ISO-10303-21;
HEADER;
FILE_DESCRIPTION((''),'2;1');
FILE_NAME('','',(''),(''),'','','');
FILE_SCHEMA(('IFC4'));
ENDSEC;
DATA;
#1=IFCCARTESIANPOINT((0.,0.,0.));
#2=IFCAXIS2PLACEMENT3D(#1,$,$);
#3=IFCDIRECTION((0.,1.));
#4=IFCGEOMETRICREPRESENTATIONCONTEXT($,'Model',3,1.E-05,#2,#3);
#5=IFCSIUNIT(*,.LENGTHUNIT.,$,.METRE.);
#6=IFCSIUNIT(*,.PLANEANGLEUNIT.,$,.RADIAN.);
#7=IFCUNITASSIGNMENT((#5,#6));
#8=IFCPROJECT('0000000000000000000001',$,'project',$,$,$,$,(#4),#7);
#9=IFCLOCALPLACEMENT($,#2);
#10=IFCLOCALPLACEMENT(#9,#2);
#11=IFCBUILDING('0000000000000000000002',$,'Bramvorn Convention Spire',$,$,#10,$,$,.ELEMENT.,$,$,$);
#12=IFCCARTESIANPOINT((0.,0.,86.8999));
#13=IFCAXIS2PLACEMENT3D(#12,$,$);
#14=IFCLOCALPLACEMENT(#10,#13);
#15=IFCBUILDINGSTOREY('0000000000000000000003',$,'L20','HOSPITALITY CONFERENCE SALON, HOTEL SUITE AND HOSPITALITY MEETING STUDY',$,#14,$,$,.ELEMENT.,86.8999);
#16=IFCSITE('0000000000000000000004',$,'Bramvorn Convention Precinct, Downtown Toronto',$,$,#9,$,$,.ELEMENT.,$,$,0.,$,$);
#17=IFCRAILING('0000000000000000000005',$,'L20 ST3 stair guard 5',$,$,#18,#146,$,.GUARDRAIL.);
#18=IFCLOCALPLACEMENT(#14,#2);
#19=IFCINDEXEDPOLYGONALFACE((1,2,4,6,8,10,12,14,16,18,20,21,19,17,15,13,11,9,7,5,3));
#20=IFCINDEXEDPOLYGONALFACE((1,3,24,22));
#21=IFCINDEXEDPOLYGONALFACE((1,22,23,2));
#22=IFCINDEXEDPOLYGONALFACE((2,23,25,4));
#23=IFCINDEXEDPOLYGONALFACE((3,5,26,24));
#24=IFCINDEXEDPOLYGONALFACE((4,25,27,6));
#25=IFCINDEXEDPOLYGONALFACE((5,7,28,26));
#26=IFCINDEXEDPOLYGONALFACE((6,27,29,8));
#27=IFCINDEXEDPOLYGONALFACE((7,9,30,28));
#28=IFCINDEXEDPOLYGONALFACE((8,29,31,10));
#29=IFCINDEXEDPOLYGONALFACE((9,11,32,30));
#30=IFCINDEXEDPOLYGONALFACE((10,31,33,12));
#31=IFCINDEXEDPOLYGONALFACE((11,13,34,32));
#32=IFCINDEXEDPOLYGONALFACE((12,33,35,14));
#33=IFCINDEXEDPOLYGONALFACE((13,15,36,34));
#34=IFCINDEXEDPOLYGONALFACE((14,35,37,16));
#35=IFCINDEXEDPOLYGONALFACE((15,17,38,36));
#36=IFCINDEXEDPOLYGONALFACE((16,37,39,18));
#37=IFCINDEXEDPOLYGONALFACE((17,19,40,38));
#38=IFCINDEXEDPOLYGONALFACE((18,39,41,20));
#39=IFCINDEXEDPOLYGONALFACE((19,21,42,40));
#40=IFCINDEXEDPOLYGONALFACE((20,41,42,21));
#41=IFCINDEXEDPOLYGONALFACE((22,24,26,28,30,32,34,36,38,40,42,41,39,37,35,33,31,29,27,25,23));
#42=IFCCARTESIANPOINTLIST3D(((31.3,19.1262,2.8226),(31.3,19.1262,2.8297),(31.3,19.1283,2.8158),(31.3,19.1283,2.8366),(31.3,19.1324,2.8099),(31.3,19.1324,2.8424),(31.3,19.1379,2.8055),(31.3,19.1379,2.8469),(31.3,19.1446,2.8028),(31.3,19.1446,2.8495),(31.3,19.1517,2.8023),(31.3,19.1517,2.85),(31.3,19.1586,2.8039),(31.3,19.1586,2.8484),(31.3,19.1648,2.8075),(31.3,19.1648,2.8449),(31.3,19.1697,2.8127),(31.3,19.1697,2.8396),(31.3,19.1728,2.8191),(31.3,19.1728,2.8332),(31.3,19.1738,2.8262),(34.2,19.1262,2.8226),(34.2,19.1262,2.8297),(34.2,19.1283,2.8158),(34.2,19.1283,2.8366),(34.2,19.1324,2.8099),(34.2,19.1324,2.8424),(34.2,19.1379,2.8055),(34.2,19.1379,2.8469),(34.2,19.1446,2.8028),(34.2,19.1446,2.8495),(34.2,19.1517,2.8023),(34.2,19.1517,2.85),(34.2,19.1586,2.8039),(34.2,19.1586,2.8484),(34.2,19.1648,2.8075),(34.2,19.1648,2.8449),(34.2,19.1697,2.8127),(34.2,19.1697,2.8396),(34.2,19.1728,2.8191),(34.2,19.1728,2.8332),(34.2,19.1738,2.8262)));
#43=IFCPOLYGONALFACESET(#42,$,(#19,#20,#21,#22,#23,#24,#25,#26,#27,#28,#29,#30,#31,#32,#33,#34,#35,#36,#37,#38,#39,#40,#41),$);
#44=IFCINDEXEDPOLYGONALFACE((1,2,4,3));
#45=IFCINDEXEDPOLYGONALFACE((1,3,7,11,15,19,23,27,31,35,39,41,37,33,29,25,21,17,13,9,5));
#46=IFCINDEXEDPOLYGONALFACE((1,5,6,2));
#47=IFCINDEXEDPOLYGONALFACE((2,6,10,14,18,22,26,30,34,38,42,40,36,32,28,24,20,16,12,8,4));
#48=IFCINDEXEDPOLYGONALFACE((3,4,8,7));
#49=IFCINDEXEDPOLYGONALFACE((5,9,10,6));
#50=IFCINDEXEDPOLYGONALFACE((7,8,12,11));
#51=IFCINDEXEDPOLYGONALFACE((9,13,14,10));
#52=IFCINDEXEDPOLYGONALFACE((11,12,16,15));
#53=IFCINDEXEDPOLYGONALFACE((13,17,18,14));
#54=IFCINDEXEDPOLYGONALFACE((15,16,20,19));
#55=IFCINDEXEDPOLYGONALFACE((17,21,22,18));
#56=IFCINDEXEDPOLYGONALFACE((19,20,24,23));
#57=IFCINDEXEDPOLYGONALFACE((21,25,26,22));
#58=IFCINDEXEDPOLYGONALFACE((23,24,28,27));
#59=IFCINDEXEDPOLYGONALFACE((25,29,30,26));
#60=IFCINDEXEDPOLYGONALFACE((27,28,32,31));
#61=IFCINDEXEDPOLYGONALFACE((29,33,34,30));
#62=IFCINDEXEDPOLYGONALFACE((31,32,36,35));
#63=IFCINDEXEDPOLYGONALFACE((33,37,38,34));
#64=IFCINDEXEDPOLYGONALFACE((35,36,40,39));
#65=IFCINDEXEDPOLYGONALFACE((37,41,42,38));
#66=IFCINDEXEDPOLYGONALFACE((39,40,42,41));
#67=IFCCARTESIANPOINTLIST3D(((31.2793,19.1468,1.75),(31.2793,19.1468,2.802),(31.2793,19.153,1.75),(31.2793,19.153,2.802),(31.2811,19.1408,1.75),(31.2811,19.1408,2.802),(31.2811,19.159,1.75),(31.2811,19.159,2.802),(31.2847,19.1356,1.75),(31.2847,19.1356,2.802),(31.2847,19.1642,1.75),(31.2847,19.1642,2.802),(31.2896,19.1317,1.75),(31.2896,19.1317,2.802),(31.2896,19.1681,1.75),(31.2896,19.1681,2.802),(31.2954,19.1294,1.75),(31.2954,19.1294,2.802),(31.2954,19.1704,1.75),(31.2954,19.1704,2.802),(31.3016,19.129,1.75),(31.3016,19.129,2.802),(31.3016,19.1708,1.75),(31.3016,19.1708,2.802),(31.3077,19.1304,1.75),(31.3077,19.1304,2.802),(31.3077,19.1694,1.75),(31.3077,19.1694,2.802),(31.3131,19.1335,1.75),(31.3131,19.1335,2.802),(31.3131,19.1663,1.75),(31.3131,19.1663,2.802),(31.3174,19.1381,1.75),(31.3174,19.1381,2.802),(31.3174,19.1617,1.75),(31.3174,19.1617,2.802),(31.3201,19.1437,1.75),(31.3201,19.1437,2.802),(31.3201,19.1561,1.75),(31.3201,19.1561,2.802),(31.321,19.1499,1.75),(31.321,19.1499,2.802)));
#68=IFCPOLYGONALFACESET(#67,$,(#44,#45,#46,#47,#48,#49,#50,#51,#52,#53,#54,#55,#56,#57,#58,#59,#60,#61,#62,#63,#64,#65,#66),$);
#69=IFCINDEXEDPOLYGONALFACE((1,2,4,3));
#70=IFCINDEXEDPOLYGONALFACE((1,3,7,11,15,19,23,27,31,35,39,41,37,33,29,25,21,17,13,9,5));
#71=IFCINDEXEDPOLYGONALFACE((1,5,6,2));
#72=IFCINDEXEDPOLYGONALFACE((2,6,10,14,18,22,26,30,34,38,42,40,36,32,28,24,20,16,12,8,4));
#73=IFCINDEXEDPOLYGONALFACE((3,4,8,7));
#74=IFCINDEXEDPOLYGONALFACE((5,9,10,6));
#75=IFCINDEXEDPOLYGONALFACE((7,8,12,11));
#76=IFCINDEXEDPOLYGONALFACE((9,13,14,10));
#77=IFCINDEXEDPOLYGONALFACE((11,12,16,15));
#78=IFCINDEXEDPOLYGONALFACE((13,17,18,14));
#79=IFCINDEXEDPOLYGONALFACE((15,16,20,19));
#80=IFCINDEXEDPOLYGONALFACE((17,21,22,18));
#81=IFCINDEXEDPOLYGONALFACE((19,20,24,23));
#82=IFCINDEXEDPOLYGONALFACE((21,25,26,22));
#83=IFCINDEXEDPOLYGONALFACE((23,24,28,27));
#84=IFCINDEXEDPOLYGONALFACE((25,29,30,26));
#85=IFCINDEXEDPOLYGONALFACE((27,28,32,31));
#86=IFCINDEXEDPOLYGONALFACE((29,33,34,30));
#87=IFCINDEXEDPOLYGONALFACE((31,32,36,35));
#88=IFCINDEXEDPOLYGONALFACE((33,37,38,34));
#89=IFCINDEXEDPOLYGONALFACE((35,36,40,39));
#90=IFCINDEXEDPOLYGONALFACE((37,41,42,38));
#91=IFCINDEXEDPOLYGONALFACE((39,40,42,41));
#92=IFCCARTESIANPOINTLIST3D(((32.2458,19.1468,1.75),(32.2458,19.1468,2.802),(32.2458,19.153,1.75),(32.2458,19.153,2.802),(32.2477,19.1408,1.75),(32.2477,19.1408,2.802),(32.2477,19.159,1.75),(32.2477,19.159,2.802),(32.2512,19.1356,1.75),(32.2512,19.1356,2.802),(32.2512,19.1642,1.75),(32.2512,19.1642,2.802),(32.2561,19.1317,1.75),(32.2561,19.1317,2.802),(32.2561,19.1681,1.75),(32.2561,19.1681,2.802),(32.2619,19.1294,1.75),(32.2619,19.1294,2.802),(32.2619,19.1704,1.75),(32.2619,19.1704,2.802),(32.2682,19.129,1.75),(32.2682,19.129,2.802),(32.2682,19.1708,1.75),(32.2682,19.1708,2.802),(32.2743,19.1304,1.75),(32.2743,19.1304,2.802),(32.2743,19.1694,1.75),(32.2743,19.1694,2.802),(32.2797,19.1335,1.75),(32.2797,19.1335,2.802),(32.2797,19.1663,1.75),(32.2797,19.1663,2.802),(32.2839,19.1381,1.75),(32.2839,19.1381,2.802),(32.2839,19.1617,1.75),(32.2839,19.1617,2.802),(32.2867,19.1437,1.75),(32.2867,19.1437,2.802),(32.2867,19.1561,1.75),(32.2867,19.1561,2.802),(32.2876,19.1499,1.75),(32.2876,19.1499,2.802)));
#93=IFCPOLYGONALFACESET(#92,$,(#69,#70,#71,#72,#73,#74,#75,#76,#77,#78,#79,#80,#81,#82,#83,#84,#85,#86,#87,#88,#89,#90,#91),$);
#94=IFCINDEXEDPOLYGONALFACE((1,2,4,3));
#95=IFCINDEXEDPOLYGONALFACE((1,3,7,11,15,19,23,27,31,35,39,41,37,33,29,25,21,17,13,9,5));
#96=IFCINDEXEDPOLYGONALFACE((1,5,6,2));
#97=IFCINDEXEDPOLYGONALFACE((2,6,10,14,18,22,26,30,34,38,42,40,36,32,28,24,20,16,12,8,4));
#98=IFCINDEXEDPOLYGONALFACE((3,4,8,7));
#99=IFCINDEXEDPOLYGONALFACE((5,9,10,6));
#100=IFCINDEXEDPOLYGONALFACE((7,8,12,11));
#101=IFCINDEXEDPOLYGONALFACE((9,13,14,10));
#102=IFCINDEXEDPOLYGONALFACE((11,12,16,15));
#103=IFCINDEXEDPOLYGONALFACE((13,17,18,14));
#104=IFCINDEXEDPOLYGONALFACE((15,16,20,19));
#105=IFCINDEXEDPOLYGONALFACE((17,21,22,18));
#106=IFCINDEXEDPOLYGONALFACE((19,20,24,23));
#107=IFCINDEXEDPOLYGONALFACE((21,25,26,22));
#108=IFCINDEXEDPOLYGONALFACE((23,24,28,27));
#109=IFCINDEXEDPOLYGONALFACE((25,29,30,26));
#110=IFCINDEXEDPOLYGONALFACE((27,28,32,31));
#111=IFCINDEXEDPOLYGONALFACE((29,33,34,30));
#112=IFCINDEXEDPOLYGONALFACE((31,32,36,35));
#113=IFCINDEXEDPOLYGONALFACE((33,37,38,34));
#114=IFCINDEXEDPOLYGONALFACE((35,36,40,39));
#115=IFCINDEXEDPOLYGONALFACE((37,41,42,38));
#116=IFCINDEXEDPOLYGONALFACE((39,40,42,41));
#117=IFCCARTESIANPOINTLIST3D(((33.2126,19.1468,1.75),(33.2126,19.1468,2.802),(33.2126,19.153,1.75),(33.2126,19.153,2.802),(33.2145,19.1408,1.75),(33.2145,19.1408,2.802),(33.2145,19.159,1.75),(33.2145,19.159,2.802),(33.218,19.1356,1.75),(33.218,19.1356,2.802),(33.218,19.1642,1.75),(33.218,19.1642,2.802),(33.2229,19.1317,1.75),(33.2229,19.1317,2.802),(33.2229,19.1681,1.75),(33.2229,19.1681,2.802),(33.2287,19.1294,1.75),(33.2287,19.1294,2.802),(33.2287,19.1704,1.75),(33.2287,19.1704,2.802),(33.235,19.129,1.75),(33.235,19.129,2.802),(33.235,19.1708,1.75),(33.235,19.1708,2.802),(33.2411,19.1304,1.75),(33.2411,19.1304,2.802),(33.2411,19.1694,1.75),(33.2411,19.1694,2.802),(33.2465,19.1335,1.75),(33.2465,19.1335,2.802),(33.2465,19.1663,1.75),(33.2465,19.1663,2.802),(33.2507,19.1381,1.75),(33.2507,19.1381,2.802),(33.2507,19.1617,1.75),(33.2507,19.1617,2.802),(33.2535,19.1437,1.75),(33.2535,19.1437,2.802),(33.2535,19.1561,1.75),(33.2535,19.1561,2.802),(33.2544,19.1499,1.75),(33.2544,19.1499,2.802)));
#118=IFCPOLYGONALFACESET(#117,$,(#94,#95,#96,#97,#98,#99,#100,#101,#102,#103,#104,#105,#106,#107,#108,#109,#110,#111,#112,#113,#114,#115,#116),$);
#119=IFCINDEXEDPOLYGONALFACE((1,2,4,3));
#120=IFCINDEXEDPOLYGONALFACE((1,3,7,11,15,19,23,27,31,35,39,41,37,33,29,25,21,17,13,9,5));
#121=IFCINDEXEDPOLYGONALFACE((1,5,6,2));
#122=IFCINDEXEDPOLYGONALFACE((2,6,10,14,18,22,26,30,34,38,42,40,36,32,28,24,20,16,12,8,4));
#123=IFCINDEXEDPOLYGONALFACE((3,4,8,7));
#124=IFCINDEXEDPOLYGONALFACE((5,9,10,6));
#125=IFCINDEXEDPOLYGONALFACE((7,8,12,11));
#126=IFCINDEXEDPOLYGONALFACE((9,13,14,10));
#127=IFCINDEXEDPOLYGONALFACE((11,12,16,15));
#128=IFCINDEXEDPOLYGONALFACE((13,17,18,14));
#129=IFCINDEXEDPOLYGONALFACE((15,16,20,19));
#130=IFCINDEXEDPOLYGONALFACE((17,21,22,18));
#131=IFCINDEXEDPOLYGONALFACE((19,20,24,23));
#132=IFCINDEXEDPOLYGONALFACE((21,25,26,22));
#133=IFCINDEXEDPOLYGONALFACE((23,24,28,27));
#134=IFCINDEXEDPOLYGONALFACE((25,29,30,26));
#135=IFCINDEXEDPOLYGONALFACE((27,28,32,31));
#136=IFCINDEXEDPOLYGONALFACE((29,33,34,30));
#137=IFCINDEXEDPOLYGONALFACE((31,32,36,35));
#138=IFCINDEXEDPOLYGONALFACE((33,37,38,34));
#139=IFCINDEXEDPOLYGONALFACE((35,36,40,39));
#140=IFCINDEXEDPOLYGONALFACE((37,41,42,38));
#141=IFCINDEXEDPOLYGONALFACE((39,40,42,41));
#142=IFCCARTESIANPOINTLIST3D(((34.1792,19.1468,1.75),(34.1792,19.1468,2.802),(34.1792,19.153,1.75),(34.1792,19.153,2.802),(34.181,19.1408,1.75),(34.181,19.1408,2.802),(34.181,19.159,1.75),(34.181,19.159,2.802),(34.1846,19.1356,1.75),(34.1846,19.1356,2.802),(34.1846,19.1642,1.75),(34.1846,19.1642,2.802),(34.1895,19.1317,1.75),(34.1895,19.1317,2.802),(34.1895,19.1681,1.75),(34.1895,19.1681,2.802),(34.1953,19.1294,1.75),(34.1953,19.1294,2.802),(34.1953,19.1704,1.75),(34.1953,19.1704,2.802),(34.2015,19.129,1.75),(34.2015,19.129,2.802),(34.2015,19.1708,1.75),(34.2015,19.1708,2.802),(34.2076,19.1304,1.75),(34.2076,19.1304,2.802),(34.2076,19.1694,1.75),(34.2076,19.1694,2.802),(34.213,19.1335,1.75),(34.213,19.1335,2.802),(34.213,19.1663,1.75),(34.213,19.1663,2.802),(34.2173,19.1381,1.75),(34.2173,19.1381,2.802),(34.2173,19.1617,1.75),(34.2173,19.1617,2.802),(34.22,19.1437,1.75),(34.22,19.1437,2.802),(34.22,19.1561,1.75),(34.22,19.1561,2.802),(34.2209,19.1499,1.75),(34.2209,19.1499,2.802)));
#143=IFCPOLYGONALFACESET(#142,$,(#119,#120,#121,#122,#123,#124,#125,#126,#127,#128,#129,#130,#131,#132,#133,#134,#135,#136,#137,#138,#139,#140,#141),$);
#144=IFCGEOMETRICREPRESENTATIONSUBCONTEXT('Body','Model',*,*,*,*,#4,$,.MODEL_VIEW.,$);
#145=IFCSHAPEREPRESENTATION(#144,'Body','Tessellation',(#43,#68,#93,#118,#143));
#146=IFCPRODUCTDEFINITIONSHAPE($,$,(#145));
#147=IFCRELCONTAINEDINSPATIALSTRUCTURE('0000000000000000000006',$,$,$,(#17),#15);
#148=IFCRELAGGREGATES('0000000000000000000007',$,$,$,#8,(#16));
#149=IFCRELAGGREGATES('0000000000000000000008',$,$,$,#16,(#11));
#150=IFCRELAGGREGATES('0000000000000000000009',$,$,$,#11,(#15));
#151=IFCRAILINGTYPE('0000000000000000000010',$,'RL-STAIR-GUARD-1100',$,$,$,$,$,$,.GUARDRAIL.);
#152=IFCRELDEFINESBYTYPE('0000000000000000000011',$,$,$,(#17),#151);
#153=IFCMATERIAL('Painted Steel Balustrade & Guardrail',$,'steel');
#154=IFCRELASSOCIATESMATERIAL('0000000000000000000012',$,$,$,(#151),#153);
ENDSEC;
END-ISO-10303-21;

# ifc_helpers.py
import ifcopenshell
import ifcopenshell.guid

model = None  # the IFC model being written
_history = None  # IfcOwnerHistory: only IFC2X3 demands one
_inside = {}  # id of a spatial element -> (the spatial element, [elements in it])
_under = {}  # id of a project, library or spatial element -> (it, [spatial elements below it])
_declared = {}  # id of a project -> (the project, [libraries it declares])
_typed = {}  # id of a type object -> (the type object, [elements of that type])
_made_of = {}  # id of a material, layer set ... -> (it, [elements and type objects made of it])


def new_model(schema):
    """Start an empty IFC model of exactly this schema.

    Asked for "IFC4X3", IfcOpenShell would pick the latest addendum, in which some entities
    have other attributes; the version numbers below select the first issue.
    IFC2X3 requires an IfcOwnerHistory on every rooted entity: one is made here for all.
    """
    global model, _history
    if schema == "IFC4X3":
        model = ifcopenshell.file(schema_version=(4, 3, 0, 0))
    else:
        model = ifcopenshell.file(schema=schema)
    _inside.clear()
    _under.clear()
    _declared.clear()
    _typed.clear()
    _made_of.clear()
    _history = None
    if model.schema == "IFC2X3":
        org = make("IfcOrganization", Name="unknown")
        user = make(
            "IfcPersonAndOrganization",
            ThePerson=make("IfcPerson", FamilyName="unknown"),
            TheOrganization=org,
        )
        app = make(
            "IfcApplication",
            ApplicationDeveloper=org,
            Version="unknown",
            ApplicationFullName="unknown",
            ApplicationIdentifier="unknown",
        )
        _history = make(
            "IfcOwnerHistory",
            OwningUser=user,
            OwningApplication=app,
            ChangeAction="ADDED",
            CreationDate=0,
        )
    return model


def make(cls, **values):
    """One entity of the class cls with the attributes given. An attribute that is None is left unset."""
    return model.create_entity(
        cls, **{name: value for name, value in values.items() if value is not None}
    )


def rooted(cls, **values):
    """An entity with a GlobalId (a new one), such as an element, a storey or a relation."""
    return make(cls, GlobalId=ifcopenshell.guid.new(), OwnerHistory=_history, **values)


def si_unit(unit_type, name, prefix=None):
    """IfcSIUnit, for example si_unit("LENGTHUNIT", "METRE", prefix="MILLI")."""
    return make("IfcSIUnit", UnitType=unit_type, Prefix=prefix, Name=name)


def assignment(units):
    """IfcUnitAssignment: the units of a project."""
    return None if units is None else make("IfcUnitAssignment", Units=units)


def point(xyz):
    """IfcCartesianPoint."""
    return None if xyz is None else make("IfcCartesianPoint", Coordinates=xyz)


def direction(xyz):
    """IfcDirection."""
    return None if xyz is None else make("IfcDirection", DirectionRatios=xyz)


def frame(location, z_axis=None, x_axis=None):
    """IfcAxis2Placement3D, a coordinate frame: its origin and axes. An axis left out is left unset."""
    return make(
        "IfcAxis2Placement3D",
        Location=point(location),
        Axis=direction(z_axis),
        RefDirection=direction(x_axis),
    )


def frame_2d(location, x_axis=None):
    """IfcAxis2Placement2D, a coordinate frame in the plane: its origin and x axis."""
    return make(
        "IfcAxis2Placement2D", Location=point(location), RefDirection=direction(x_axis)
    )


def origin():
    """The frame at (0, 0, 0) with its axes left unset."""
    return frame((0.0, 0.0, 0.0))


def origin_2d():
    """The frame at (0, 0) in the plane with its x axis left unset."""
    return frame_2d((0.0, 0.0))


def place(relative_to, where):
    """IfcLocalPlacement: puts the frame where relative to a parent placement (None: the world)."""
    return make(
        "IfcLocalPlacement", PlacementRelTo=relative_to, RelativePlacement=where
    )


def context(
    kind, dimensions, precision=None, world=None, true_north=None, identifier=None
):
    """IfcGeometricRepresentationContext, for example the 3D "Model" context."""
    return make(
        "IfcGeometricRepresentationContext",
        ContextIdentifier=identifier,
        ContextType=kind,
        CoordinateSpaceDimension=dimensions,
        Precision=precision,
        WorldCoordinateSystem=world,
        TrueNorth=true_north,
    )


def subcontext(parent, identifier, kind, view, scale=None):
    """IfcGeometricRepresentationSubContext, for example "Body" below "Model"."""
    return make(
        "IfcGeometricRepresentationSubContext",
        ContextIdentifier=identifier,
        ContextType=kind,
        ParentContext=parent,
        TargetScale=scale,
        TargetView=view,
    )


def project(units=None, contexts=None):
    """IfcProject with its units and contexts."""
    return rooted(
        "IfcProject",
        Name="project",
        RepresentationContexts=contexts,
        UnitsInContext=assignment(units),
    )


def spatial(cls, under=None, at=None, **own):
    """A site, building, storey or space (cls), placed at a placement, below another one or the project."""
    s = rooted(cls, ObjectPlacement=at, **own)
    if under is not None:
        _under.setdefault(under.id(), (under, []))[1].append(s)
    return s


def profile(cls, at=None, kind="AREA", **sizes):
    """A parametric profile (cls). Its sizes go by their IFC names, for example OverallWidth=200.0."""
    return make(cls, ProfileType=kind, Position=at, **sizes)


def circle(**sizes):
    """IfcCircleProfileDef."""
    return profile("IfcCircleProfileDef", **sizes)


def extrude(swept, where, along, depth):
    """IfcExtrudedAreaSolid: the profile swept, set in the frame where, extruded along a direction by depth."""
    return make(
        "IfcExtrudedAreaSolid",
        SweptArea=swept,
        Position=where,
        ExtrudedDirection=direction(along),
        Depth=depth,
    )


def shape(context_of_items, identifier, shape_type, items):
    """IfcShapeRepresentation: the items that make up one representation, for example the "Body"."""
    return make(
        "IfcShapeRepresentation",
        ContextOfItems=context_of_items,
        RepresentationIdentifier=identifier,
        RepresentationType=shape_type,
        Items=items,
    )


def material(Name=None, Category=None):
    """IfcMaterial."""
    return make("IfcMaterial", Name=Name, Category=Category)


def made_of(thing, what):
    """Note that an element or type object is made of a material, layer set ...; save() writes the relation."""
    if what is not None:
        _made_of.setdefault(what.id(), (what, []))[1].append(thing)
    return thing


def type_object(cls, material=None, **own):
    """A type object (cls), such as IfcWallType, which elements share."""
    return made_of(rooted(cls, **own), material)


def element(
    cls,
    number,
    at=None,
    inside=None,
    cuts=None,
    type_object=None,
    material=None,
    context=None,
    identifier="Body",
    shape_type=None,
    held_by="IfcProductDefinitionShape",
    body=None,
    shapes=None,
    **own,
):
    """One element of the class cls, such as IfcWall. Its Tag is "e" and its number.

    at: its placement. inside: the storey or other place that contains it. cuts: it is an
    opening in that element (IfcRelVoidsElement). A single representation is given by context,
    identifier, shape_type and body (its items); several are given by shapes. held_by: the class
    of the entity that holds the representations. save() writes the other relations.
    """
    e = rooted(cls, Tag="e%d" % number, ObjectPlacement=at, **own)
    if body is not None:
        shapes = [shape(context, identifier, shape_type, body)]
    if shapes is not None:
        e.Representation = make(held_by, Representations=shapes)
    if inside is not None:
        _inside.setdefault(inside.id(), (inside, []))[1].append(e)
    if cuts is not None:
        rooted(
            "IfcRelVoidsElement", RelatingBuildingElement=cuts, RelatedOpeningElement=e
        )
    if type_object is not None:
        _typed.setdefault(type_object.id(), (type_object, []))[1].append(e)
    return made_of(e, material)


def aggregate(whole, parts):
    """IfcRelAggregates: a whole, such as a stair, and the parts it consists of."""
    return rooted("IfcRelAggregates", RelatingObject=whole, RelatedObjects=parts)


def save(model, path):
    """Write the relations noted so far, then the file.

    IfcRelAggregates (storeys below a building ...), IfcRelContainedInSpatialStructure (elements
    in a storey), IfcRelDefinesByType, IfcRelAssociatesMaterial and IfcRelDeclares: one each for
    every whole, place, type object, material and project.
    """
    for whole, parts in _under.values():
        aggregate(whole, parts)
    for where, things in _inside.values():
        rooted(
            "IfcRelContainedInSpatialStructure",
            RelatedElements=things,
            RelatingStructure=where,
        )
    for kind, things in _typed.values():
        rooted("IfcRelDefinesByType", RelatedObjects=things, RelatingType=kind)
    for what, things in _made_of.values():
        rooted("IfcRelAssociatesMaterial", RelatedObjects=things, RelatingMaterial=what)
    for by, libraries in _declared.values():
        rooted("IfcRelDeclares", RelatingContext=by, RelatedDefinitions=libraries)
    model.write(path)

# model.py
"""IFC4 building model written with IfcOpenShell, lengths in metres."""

from ifc_helpers import new_model, si_unit, direction, frame, origin, origin_2d, place, context, subcontext, project, spatial, circle, extrude, material, type_object, element, save


model = new_model("IFC4")

# Units and contexts
model_context = context("Model", 3, precision=1e-05, world=origin(), true_north=direction((0.0, 1.0)))
body_context = subcontext(model_context, "Body", "Model", "MODEL_VIEW")
ifc_project = project(units=[si_unit("LENGTHUNIT", "METRE"), si_unit("PLANEANGLEUNIT", "RADIAN")], contexts=[model_context])

# Site, building, storey
site_placement = place(None, origin())
site = spatial("IfcSite", under=ifc_project, at=site_placement, Name="Bramvorn Convention Precinct, Downtown Toronto", CompositionType="ELEMENT", RefElevation=0.0)
building_placement = place(site_placement, origin())
building = spatial("IfcBuilding", under=site, at=building_placement, Name="Bramvorn Convention Spire", CompositionType="ELEMENT")
storey_placement = place(building_placement, frame((0.0, 0.0, 86.8999)))
storey = spatial("IfcBuildingStorey", under=building, at=storey_placement, Name="L20", Description="HOSPITALITY CONFERENCE SALON, HOTEL SUITE AND HOSPITALITY MEETING STUDY", CompositionType="ELEMENT", Elevation=86.8999)

# Railing
ifc_material_1 = material(Name="Painted Steel Balustrade & Guardrail", Category="steel")
railing_type_1 = type_object("IfcRailingType", Name="RL-STAIR-GUARD-1100", PredefinedType="GUARDRAIL", material=ifc_material_1)
railing_1_placement = place(storey_placement, frame((31.3, 19.1499, 1.75)))
element("IfcRailing", 1, at=railing_1_placement, inside=storey, type_object=railing_type_1, Name="L20 ST3 stair guard 5", PredefinedType="GUARDRAIL", context=body_context, shape_type="SweptSolid", body=[
    extrude(circle(Radius=0.0239, at=origin_2d()), frame((0.0, 0.0, 1.0762), z_axis=(1.0, 0.0, 0.0), x_axis=(0.0, 1.0, 0.0)), (0.0, 0.0, 1.0), 2.8999),
    extrude(circle(Radius=0.021, at=origin_2d()), origin(), (0.0, 0.0, 1.0), 1.052),
    extrude(circle(Radius=0.021, at=origin_2d()), frame((0.9666, 0.0, 0.0)), (0.0, 0.0, 1.0), 1.052),
    extrude(circle(Radius=0.021, at=origin_2d()), frame((1.9333, 0.0, 0.0)), (0.0, 0.0, 1.0), 1.052),
    extrude(circle(Radius=0.021, at=origin_2d()), frame((2.8999, 0.0, 0.0)), (0.0, 0.0, 1.0), 1.052),
])

save(model, "model.ifc")
